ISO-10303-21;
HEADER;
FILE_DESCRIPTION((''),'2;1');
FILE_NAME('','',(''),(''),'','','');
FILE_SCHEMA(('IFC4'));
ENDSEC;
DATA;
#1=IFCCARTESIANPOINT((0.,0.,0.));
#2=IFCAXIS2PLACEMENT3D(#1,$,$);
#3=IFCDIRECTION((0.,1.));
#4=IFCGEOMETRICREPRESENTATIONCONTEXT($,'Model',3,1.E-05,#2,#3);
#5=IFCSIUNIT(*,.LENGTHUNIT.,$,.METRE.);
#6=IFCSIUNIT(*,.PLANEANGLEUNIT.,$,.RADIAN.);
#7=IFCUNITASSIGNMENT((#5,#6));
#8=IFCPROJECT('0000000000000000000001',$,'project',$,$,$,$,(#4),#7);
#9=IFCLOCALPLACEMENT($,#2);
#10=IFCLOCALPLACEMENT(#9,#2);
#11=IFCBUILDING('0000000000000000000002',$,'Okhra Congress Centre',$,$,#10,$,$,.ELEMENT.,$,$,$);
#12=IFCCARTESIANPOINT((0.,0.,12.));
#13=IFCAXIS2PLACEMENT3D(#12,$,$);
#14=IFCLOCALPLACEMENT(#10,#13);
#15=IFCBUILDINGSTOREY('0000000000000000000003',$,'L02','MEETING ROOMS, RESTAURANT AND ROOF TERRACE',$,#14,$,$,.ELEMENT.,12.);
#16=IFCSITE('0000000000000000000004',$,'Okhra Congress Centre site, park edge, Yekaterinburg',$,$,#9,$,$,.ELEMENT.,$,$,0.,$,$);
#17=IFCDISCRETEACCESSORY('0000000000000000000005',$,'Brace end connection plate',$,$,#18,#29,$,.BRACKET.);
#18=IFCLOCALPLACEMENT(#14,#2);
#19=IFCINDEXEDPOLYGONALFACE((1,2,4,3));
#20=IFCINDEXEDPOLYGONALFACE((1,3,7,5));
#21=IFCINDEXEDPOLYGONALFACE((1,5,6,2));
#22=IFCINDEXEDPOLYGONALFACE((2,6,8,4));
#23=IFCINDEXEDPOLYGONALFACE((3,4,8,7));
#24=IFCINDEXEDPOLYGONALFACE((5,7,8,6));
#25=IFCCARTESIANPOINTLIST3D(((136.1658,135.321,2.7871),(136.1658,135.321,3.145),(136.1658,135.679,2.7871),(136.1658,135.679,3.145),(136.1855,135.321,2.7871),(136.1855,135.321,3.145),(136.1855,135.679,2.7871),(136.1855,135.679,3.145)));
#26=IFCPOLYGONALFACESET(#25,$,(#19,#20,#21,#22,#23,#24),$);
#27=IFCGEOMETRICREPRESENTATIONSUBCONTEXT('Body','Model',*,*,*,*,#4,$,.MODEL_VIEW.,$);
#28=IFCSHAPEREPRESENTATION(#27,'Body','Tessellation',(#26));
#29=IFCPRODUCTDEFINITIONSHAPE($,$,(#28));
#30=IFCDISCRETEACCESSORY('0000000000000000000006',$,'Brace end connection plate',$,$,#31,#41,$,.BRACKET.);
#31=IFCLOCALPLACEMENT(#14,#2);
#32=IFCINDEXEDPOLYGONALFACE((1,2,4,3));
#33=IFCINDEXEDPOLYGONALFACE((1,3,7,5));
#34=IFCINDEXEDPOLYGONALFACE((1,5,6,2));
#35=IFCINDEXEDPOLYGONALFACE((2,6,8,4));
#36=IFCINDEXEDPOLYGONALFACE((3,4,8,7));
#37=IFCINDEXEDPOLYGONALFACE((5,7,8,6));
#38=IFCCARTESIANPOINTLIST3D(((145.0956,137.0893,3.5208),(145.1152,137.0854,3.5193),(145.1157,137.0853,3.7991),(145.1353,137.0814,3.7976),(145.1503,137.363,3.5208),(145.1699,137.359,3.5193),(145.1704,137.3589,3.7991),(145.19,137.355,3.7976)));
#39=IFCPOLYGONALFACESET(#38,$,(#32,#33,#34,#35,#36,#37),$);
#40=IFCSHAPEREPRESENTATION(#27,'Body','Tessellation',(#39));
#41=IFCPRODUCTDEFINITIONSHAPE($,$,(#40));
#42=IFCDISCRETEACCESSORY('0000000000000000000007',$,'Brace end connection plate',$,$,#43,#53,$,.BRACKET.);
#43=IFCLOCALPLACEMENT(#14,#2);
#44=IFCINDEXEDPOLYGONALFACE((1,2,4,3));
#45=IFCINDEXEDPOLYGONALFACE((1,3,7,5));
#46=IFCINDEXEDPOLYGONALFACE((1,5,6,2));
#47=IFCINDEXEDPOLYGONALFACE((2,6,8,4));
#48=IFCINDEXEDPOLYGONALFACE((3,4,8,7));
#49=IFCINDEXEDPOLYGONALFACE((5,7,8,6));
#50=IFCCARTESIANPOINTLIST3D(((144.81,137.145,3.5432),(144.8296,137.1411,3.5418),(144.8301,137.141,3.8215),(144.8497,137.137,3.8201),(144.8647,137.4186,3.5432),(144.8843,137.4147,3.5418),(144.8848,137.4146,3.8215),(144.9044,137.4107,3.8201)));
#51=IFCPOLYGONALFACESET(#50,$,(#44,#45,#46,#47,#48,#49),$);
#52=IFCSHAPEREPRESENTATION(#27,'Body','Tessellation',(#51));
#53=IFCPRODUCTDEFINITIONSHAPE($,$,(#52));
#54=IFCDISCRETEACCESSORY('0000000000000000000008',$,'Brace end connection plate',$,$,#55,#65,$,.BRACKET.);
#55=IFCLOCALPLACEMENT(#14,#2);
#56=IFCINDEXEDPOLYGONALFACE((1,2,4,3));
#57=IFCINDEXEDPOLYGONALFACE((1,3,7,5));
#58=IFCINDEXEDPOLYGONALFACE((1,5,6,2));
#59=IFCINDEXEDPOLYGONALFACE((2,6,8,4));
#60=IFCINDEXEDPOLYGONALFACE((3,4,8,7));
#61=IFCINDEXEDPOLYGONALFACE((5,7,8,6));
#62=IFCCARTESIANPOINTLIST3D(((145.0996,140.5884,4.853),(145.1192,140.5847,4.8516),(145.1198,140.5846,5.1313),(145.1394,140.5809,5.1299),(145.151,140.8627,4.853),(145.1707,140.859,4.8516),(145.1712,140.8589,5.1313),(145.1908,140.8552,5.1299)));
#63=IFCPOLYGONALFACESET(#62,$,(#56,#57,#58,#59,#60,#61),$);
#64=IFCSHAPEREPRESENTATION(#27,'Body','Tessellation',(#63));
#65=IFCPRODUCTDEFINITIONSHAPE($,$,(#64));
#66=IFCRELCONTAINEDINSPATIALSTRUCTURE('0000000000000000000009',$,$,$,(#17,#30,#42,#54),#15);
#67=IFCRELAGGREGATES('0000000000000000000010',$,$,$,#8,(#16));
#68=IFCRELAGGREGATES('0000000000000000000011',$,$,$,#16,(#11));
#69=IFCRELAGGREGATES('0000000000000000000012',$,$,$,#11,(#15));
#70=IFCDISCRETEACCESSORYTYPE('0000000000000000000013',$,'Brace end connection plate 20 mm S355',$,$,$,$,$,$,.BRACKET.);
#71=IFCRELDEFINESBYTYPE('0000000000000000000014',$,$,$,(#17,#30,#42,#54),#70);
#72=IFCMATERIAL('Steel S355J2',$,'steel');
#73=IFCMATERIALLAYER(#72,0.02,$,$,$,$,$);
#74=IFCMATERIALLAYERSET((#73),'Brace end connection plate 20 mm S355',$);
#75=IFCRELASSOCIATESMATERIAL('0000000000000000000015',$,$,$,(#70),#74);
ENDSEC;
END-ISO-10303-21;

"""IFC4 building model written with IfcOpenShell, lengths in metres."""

from ifc_helpers import new_model, si_unit, direction, frame, origin, origin_2d, place, context, subcontext, project, spatial, rectangle, extrude, material, layer, layer_set, type_object, element, save


model = new_model("IFC4")

# Units and contexts
model_context = context("Model", 3, precision=1e-05, world=origin(), true_north=direction((0.0, 1.0)))
body_context = subcontext(model_context, "Body", "Model", "MODEL_VIEW")
ifc_project = project(units=[si_unit("LENGTHUNIT", "METRE"), si_unit("PLANEANGLEUNIT", "RADIAN")], contexts=[model_context])

# Site, building, storey
site_placement = place(None, origin())
site = spatial("IfcSite", under=ifc_project, at=site_placement, Name="Okhra Congress Centre site, park edge, Yekaterinburg", CompositionType="ELEMENT", RefElevation=0.0)
building_placement = place(site_placement, origin())
building = spatial("IfcBuilding", under=site, at=building_placement, Name="Okhra Congress Centre", CompositionType="ELEMENT")
storey_placement = place(building_placement, frame((0.0, 0.0, 12.0)))
storey = spatial("IfcBuildingStorey", under=building, at=storey_placement, Name="L02", Description="MEETING ROOMS, RESTAURANT AND ROOF TERRACE", CompositionType="ELEMENT", Elevation=12.0)

# Shared definitions
ifc_material_1 = material(Name="Steel S355J2", Category="steel")

# Discrete accessories
ifc_layer_1 = layer(ifc_material_1, 0.02)
ifc_layer_set_1 = layer_set([ifc_layer_1], Name="Brace end connection plate 20 mm S355")
discrete_accessory_type = type_object("IfcDiscreteAccessoryType", Name="Brace end connection plate 20 mm S355", PredefinedType="BRACKET", material=ifc_layer_set_1)
discrete_accessory_1_placement = place(storey_placement, frame((136.1855, 135.5, 2.9661), z_axis=(-1.0, 0.0, 0.0), x_axis=(0.0, -1.0, 0.0)))
element("IfcDiscreteAccessory", 1, at=discrete_accessory_1_placement, inside=storey, type_object=discrete_accessory_type, Name="Brace end connection plate", PredefinedType="BRACKET", context=body_context, shape_type="SweptSolid", body=[
    extrude(rectangle(XDim=0.3579, YDim=0.3579, at=origin_2d()), origin(), (0.0, 0.0, 1.0), 0.0198),
])
for number, where, z_axis, x_axis, name in (
    (2, (145.1526, 137.2202, 3.6584), (-0.97794, 0.195588, 0.073345), (-0.196116, -0.980581, 0.0), "Brace end connection plate"),
    (3, (144.8474, 137.2798, 3.6824), (0.97794, -0.195588, -0.073345), (0.196116, 0.980581, 0.0), "Brace end connection plate"),
    (4, (145.155, 140.72, 4.9907), (-0.980213, 0.18379, 0.073516), (-0.184289, -0.982872, 0.0), "Brace end connection plate"),
):
    element("IfcDiscreteAccessory", number, at=place(storey_placement, frame(where, z_axis=z_axis, x_axis=x_axis)), inside=storey, type_object=discrete_accessory_type, Name=name, PredefinedType="BRACKET", context=body_context, shape_type="SweptSolid", body=[
        extrude(rectangle(XDim=0.2791, YDim=0.2791, at=origin_2d()), origin(), (0.0, 0.0, 1.0), 0.02),
    ])

save(model, "model.ifc")
